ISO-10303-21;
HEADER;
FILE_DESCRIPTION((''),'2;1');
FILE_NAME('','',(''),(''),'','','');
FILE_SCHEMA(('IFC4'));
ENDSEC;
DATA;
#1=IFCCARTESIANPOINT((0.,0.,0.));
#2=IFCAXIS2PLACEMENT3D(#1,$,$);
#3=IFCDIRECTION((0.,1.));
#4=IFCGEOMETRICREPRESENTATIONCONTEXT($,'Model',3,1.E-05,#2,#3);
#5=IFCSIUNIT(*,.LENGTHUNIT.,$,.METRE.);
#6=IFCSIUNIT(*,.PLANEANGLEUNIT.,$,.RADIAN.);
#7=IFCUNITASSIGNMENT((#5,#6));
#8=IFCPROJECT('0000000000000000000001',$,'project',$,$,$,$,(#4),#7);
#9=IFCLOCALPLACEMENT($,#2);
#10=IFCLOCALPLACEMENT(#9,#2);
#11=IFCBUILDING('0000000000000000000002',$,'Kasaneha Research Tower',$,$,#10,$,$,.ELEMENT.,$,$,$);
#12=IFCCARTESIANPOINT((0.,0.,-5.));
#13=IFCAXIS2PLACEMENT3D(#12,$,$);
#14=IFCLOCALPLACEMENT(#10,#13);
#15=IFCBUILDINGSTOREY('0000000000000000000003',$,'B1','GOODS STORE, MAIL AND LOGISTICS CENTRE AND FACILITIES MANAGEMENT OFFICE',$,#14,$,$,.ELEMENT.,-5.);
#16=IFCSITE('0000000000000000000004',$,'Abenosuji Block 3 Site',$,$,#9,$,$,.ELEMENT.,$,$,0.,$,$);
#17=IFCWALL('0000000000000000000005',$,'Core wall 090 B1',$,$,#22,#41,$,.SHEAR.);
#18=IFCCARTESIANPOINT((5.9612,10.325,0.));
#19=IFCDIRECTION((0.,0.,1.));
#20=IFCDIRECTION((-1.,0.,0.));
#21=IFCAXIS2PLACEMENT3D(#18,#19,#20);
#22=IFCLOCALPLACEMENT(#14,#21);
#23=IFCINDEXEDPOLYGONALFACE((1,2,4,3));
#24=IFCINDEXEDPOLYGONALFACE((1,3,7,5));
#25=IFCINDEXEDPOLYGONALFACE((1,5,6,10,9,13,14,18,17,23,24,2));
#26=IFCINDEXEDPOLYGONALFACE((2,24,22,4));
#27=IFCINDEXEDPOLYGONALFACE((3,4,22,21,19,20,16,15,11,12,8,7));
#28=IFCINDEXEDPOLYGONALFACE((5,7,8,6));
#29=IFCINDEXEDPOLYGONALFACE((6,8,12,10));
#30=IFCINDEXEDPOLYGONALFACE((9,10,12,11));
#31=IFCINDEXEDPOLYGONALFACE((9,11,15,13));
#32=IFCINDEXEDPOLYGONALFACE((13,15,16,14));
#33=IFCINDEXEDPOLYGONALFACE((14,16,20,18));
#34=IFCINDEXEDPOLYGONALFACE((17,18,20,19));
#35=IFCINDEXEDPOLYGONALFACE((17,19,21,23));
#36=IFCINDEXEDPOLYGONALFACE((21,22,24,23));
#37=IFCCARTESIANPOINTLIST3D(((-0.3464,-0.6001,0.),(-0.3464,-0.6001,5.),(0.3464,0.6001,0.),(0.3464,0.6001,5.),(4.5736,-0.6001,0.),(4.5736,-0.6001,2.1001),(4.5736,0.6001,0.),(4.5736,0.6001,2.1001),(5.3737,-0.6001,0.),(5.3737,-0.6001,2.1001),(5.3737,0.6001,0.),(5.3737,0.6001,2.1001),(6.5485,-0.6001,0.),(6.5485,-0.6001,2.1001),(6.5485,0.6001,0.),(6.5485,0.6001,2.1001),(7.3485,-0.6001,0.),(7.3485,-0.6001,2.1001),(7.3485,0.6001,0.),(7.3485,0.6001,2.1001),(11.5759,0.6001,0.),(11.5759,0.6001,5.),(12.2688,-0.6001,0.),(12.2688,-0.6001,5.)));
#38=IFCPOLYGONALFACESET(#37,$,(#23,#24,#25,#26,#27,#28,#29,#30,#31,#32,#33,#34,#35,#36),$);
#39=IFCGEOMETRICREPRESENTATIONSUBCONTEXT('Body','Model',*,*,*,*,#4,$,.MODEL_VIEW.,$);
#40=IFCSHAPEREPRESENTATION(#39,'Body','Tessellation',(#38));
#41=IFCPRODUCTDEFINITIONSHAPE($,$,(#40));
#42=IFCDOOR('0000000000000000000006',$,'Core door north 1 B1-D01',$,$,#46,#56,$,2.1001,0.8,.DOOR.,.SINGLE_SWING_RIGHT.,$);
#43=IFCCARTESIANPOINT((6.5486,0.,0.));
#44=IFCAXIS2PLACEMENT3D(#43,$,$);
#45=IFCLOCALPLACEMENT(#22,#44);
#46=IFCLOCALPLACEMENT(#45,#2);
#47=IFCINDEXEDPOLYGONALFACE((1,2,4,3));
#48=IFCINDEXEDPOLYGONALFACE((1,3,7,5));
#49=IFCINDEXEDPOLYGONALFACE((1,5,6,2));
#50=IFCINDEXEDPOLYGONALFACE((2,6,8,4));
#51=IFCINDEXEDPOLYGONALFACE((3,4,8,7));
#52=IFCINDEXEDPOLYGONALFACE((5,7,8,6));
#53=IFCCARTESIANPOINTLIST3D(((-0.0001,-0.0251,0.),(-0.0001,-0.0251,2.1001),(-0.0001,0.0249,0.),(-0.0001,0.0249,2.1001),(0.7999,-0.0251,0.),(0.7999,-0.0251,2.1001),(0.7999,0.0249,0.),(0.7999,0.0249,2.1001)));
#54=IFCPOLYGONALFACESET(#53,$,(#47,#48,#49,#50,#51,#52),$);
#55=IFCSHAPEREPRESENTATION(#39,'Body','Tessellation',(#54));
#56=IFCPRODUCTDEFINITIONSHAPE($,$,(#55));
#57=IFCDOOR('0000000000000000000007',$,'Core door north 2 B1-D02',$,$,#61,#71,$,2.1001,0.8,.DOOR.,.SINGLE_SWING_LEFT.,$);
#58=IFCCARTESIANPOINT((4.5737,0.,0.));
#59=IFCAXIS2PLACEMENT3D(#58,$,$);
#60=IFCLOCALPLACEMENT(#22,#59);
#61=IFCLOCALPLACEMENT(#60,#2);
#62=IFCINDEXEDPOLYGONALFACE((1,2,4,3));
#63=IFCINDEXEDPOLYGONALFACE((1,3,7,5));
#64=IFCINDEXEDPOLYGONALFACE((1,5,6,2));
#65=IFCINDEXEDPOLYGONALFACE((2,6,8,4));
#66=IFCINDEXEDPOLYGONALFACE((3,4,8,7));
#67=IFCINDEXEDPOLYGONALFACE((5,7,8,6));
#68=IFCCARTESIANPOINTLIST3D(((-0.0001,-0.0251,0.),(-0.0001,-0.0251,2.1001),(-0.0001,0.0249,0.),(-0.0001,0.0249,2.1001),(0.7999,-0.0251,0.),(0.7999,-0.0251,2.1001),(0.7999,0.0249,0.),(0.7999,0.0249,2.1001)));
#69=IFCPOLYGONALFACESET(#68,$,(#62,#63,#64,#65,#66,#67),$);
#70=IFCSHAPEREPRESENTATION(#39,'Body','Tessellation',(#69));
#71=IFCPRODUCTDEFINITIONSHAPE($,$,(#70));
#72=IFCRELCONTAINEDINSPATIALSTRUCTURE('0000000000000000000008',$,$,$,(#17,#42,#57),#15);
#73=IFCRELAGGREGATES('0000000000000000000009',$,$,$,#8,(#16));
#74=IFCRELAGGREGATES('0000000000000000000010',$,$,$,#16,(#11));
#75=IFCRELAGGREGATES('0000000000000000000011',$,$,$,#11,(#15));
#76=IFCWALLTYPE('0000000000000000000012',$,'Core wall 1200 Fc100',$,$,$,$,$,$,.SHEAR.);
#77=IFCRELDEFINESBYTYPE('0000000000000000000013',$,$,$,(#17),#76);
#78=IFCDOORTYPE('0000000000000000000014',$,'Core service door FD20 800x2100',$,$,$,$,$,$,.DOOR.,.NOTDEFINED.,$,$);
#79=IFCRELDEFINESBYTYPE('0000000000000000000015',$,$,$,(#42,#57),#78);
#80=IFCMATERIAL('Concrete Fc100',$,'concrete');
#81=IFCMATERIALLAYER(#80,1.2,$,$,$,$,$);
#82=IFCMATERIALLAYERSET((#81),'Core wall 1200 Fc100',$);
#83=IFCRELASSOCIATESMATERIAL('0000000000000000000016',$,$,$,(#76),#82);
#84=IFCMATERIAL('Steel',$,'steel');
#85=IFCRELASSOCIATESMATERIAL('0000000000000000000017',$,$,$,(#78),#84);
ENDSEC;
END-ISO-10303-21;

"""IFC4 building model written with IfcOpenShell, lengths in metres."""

from ifc_helpers import new_model, si_unit, direction, frame, frame_2d, origin, place, context, subcontext, project, spatial, polyline, rectangle, outline, extrude, material, layer, layer_set, type_object, element, fill, save


model = new_model("IFC4")

# Units and contexts
model_context = context("Model", 3, precision=1e-05, world=origin(), true_north=direction((0.0, 1.0)))
body_context = subcontext(model_context, "Body", "Model", "MODEL_VIEW")
ifc_project = project(units=[si_unit("LENGTHUNIT", "METRE"), si_unit("PLANEANGLEUNIT", "RADIAN")], contexts=[model_context])

# Site, building, storey
site_placement = place(None, origin())
site = spatial("IfcSite", under=ifc_project, at=site_placement, Name="Abenosuji Block 3 Site", CompositionType="ELEMENT", RefElevation=0.0)
building_placement = place(site_placement, origin())
building = spatial("IfcBuilding", under=site, at=building_placement, Name="Kasaneha Research Tower", CompositionType="ELEMENT")
storey_placement = place(building_placement, frame((0.0, 0.0, -5.0)))
storey = spatial("IfcBuildingStorey", under=building, at=storey_placement, Name="B1", Description="GOODS STORE, MAIL AND LOGISTICS CENTRE AND FACILITIES MANAGEMENT OFFICE", CompositionType="ELEMENT", Elevation=-5.0)

# Wall, openings, doors
ifc_material_1 = material(Name="Concrete Fc100", Category="concrete")
ifc_layer_1 = layer(ifc_material_1, 1.2)
ifc_layer_set_1 = layer_set([ifc_layer_1], Name="Core wall 1200 Fc100")
wall_type_1 = type_object("IfcWallType", Name="Core wall 1200 Fc100", PredefinedType="SHEAR", material=ifc_layer_set_1)
wall_1_placement = place(storey_placement, frame((5.9612, 10.325, 0.0), z_axis=(0.0, 0.0, 1.0), x_axis=(-1.0, 0.0, 0.0)))
wall_1 = element("IfcWall", 1, at=wall_1_placement, inside=storey, type_object=wall_type_1, Name="Core wall 090 B1", PredefinedType="SHEAR", context=body_context, shape_type="SweptSolid", body=[
    extrude(outline(polyline([(-0.3464, -0.6001), (4.5737, -0.6001), (5.3738, -0.6001), (6.5486, -0.6001), (7.3486, -0.6001), (12.2688, -0.6001), (11.5759, 0.6001), (7.3486, 0.6001), (6.5486, 0.6001), (5.3738, 0.6001), (4.5737, 0.6001), (0.3464, 0.6001), (-0.3464, -0.6001)])), origin(), (0.0, 0.0, 1.0), 5.0),
])
opening_1_placement = place(wall_1_placement, frame((6.5486, 0.0, 0.0)))
opening_1 = element("IfcOpeningElement", 2, at=opening_1_placement, cuts=wall_1, PredefinedType="OPENING", context=body_context, shape_type="SweptSolid", body=[
    extrude(rectangle(XDim=0.8, YDim=2.1001, at=frame_2d((0.3999, 1.05))), frame((0.0, 0.6099, 0.0), z_axis=(0.0, -1.0, 0.0), x_axis=(1.0, 0.0, 0.0)), (0.0, 0.0, 1.0), 1.22),
])
opening_2_placement = place(wall_1_placement, frame((4.5737, 0.0, 0.0)))
opening_2 = element("IfcOpeningElement", 3, at=opening_2_placement, cuts=wall_1, PredefinedType="OPENING", context=body_context, shape_type="SweptSolid", body=[
    extrude(rectangle(XDim=0.8, YDim=2.1001, at=frame_2d((0.3999, 1.05))), frame((0.0, 0.6099, 0.0), z_axis=(0.0, -1.0, 0.0), x_axis=(1.0, 0.0, 0.0)), (0.0, 0.0, 1.0), 1.22),
])
ifc_material_2 = material(Name="Steel", Category="steel")
door_type_1 = type_object("IfcDoorType", Name="Core service door FD20 800x2100", OperationType="NOTDEFINED", PredefinedType="DOOR", material=ifc_material_2)
door_1_placement = place(opening_1_placement, origin())
door_1 = element("IfcDoor", 4, at=door_1_placement, inside=storey, type_object=door_type_1, Name="Core door north 1 B1-D01", OperationType="SINGLE_SWING_RIGHT", OverallHeight=2.1001, OverallWidth=0.8, PredefinedType="DOOR", context=body_context, shape_type="SweptSolid", body=[
    extrude(rectangle(XDim=0.8, YDim=2.1001, at=frame_2d((0.3999, 1.05))), frame((0.0, 0.0249, 0.0), z_axis=(0.0, -1.0, 0.0), x_axis=(1.0, 0.0, 0.0)), (0.0, 0.0, 1.0), 0.05),
])
fill(opening_1, door_1)
door_2_placement = place(opening_2_placement, origin())
door_2 = element("IfcDoor", 5, at=door_2_placement, inside=storey, type_object=door_type_1, Name="Core door north 2 B1-D02", OperationType="SINGLE_SWING_LEFT", OverallHeight=2.1001, OverallWidth=0.8, PredefinedType="DOOR", context=body_context, shape_type="SweptSolid", body=[
    extrude(rectangle(XDim=0.8, YDim=2.1001, at=frame_2d((0.3999, 1.05))), frame((0.0, 0.0249, 0.0), z_axis=(0.0, -1.0, 0.0), x_axis=(1.0, 0.0, 0.0)), (0.0, 0.0, 1.0), 0.05),
])
fill(opening_2, door_2)

save(model, "model.ifc")
